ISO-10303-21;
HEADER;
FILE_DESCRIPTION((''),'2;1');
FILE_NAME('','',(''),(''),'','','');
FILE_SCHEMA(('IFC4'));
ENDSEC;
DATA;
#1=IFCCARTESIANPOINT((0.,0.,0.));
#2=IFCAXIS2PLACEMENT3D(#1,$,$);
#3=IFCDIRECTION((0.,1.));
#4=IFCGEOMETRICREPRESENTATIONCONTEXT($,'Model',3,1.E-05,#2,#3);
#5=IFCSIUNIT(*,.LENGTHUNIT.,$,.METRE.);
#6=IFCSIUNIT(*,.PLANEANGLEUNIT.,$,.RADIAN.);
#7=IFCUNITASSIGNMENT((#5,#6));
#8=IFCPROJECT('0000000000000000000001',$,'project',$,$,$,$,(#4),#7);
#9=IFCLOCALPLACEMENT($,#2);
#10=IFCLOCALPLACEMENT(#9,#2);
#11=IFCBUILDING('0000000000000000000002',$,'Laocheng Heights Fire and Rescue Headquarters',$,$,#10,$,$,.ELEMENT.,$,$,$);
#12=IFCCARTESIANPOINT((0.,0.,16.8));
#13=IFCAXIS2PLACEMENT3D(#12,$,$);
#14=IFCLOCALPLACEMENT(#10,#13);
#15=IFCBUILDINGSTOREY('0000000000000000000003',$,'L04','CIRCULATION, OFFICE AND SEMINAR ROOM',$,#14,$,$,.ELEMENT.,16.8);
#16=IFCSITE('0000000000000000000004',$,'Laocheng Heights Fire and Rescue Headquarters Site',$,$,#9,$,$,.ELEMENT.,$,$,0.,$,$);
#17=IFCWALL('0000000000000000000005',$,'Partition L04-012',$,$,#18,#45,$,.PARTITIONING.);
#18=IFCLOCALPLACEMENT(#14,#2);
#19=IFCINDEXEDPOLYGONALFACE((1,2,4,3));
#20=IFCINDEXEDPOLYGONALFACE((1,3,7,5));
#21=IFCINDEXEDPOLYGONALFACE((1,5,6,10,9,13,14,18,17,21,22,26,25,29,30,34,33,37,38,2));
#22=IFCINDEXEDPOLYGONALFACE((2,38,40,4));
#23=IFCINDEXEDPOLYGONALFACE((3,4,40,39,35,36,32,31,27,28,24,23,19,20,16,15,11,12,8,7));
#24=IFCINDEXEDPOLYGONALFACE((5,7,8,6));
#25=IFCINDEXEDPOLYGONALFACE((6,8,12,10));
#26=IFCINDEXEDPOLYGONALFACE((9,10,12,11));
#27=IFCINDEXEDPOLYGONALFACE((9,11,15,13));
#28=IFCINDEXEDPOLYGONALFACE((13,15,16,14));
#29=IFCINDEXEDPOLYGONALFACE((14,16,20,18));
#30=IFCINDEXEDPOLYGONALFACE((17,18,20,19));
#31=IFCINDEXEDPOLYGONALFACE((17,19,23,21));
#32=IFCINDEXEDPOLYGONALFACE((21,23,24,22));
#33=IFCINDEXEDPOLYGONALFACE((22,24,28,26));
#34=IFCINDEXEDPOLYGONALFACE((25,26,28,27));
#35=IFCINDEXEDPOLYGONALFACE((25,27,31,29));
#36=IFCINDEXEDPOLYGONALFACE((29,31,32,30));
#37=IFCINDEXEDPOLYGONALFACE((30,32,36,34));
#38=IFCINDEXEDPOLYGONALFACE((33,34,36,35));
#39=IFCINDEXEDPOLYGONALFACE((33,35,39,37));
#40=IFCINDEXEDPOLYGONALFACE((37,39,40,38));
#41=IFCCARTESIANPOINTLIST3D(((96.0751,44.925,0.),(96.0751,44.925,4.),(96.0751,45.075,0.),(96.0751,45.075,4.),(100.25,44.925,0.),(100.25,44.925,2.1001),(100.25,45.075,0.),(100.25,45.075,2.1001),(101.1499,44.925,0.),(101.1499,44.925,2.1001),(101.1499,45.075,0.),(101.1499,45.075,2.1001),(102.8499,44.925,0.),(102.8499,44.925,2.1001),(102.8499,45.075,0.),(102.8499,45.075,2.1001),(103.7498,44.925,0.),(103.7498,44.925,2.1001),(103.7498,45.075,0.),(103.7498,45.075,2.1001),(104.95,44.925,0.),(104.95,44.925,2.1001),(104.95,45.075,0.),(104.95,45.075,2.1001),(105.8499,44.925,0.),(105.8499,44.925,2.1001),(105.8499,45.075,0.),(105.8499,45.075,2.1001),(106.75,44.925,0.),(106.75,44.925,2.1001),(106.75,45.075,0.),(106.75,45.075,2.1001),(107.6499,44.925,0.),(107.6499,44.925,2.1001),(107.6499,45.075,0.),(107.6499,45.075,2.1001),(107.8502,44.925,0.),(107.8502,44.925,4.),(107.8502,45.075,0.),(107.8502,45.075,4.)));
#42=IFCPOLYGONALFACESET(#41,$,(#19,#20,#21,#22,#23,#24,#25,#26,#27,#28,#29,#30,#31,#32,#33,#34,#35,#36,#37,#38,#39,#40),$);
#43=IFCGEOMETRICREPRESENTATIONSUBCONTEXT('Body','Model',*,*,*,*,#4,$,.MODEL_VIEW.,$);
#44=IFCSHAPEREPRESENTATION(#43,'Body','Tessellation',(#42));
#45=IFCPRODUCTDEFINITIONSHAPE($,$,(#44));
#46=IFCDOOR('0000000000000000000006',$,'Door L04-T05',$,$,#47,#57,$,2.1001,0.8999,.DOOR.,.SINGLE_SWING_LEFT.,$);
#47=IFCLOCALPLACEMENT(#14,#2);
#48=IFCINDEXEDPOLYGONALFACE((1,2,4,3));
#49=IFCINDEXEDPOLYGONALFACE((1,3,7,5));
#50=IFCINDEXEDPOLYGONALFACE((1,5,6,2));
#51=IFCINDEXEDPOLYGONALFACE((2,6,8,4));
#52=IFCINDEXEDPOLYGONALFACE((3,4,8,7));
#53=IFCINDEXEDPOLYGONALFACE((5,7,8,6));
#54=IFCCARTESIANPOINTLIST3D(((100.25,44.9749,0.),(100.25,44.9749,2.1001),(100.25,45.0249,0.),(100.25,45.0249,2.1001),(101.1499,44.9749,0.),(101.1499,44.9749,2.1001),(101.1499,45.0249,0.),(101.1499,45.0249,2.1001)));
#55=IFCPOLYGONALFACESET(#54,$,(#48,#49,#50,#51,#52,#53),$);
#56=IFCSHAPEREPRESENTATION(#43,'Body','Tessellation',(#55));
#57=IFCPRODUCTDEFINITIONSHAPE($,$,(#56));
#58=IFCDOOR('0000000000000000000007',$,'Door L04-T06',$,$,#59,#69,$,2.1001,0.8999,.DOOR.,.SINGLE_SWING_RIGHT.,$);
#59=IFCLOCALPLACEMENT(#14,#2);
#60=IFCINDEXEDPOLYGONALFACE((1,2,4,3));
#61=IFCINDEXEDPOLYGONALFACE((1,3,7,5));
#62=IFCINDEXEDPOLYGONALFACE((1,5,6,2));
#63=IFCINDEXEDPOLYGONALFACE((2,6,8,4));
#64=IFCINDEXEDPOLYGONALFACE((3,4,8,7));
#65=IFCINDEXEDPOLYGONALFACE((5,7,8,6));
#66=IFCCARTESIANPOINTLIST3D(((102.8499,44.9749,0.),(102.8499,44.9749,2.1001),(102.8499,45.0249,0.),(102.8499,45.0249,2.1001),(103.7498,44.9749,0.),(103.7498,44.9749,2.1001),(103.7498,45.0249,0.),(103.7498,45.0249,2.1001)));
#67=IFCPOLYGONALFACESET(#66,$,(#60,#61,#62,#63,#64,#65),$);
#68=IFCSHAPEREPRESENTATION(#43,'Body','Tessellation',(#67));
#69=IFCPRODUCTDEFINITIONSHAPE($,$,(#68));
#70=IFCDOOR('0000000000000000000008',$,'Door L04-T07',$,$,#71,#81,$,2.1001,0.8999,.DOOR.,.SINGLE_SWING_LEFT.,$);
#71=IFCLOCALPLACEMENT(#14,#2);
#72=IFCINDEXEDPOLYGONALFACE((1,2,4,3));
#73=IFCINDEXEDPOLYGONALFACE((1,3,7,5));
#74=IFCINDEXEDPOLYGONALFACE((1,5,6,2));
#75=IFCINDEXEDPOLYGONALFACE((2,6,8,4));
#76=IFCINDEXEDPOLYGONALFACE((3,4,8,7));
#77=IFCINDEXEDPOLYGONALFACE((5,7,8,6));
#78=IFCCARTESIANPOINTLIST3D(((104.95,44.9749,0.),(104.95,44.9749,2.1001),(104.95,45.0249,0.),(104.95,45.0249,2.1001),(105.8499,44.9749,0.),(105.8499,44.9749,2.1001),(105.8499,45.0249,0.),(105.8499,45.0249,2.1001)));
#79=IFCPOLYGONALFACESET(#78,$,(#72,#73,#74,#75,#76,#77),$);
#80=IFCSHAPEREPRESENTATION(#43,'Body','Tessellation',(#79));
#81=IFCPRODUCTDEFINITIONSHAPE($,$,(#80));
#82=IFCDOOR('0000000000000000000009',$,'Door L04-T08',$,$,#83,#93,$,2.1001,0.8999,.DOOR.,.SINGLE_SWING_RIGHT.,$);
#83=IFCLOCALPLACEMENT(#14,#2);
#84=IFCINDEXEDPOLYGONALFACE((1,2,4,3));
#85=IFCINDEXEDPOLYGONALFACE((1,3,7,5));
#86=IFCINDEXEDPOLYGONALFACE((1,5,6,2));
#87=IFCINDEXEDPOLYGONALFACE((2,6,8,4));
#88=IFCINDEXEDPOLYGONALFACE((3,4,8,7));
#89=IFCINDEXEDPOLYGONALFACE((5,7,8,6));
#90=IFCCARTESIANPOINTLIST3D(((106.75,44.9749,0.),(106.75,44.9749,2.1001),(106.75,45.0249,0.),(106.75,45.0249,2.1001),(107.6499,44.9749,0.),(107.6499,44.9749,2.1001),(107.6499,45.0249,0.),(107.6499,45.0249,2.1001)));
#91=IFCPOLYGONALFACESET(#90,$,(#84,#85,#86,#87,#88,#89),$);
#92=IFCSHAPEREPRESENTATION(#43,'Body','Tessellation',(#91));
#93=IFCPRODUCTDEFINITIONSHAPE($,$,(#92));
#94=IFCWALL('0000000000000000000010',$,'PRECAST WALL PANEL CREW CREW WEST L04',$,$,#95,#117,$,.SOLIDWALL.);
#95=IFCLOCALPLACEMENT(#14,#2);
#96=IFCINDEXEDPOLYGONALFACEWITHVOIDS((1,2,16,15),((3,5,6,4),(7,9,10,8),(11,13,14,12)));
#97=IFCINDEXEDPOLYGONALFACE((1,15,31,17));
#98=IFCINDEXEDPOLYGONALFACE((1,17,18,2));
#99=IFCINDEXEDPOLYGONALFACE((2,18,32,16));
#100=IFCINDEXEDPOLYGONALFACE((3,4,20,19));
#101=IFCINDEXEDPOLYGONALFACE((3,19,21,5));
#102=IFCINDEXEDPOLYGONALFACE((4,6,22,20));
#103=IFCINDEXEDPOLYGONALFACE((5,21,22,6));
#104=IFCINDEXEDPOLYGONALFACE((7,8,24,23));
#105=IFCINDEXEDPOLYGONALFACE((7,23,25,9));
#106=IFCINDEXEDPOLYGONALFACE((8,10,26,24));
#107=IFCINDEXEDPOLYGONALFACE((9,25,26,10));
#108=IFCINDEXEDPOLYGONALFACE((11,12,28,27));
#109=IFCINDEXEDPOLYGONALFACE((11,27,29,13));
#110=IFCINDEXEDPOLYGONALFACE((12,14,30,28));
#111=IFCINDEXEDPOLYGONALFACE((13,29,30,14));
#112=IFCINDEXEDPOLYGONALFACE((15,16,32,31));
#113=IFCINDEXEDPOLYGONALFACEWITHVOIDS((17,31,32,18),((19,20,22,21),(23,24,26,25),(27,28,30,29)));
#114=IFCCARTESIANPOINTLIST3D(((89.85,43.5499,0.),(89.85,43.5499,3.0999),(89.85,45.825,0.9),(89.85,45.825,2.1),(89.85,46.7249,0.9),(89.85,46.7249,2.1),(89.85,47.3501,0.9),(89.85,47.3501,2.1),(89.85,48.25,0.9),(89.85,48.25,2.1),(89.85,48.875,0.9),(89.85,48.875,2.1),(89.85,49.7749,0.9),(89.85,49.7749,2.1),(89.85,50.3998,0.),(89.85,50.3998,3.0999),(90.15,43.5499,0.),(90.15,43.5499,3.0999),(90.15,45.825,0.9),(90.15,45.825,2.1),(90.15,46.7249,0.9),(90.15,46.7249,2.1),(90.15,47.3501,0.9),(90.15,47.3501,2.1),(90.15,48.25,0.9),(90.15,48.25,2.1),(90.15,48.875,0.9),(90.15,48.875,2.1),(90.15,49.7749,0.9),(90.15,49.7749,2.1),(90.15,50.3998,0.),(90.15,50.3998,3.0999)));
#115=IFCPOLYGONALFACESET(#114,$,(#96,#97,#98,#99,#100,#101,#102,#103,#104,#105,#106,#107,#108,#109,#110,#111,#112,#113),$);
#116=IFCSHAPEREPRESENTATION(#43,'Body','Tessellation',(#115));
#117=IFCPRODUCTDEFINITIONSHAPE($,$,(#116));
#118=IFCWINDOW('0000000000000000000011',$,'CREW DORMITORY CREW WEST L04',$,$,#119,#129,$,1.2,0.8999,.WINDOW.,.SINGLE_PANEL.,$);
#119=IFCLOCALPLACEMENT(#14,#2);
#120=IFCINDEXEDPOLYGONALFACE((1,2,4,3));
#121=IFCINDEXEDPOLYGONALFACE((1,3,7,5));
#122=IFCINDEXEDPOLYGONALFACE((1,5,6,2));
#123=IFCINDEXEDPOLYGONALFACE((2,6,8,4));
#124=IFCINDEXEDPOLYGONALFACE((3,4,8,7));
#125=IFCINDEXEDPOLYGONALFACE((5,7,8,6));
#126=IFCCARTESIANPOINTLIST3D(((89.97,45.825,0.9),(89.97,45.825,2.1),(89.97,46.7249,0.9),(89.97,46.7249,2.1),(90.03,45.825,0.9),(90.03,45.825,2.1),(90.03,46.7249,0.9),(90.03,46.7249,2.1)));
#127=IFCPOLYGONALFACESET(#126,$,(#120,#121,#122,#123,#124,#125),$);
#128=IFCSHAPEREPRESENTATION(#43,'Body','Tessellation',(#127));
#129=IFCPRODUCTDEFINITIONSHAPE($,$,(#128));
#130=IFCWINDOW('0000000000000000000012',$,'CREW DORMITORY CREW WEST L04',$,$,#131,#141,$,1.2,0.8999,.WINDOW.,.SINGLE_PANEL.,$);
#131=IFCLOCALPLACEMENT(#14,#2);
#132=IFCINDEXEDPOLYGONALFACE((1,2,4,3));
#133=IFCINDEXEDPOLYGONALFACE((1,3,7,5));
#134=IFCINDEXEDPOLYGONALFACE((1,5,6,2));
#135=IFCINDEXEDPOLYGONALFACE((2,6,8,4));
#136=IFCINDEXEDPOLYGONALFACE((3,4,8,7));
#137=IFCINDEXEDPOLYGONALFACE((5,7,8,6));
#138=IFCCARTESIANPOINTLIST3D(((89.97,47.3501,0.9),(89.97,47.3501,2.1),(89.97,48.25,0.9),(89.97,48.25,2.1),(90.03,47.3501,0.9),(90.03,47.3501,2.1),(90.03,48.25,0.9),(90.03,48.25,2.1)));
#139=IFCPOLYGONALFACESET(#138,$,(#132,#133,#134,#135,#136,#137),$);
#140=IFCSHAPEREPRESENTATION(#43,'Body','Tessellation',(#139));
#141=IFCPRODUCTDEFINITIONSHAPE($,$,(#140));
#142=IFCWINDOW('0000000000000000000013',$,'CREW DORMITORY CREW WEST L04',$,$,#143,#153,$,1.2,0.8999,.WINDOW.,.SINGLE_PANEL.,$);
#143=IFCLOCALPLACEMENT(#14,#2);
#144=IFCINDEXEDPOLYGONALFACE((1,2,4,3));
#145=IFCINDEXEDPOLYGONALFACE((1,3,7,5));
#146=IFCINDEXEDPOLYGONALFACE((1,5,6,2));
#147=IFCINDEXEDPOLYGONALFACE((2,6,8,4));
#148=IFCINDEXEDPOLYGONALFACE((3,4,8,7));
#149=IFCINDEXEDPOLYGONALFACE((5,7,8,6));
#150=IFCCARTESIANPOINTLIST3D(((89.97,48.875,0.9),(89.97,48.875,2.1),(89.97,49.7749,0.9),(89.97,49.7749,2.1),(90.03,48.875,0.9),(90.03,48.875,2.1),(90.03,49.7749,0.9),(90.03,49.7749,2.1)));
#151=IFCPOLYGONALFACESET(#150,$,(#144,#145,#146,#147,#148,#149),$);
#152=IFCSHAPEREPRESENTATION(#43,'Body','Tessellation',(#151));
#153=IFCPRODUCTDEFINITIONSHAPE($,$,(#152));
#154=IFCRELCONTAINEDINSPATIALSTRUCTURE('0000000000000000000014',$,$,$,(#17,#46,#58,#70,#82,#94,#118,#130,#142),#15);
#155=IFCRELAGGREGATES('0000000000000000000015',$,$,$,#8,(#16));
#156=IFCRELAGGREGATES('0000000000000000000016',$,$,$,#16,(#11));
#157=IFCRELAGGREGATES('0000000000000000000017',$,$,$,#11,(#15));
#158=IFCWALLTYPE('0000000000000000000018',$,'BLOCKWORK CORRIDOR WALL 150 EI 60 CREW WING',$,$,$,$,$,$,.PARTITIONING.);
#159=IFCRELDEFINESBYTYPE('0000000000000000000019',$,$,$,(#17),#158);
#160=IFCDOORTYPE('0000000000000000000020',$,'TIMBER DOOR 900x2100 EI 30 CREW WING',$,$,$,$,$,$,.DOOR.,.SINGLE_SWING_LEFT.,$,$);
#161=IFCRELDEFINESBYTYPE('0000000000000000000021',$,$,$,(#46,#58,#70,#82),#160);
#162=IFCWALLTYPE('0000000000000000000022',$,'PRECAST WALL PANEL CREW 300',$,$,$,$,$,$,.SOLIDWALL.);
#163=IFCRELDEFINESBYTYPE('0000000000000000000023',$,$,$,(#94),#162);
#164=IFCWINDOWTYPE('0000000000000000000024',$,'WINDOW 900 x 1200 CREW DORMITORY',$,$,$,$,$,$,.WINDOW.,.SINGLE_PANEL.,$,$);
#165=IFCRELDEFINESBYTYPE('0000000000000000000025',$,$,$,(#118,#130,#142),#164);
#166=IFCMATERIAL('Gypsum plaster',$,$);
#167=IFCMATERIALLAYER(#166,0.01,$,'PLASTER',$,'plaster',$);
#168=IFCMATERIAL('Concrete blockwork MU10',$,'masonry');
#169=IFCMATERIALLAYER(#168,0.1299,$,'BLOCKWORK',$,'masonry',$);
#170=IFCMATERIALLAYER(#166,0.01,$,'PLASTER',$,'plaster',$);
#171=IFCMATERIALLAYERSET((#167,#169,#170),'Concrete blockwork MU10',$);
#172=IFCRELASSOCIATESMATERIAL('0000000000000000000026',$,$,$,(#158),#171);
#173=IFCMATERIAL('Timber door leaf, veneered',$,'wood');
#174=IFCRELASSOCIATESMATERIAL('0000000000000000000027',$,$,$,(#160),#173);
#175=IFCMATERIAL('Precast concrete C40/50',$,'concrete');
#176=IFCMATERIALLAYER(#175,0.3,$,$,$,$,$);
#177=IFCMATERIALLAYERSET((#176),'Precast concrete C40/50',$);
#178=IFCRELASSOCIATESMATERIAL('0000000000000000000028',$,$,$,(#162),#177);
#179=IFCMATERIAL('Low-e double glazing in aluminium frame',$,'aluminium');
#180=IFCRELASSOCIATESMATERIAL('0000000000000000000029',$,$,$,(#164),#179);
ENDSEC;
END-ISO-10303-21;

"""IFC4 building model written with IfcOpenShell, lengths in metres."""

from ifc_helpers import new_model, si_unit, direction, frame, frame_2d, origin, place, context, subcontext, project, spatial, rectangle, extrude, material, layer, layer_set, type_object, element, fill, save


model = new_model("IFC4")

# Units and contexts
model_context = context("Model", 3, precision=1e-05, world=origin(), true_north=direction((0.0, 1.0)))
body_context = subcontext(model_context, "Body", "Model", "MODEL_VIEW")
ifc_project = project(units=[si_unit("LENGTHUNIT", "METRE"), si_unit("PLANEANGLEUNIT", "RADIAN")], contexts=[model_context])

# Site, building, storey
site_placement = place(None, origin())
site = spatial("IfcSite", under=ifc_project, at=site_placement, Name="Laocheng Heights Fire and Rescue Headquarters Site", CompositionType="ELEMENT", RefElevation=0.0)
building_placement = place(site_placement, origin())
building = spatial("IfcBuilding", under=site, at=building_placement, Name="Laocheng Heights Fire and Rescue Headquarters", CompositionType="ELEMENT")
storey_placement = place(building_placement, frame((0.0, 0.0, 16.8)))
storey = spatial("IfcBuildingStorey", under=building, at=storey_placement, Name="L04", Description="CIRCULATION, OFFICE AND SEMINAR ROOM", CompositionType="ELEMENT", Elevation=16.8)

# Shared definitions
ifc_material_1 = material(Name="Gypsum plaster")
ifc_layer_1 = layer(ifc_material_1, 0.01, Name="PLASTER", Category="plaster")
ifc_material_2 = material(Name="Concrete blockwork MU10", Category="masonry")
ifc_layer_2 = layer(ifc_material_2, 0.1299, Name="BLOCKWORK", Category="masonry")
ifc_layer_3 = layer(ifc_material_1, 0.01, Name="PLASTER", Category="plaster")
ifc_layer_set_1 = layer_set([ifc_layer_1, ifc_layer_2, ifc_layer_3], Name="Concrete blockwork MU10")
wall_type_1 = type_object("IfcWallType", Name="BLOCKWORK CORRIDOR WALL 150 EI 60 CREW WING", PredefinedType="PARTITIONING", material=ifc_layer_set_1)
ifc_material_3 = material(Name="Timber door leaf, veneered", Category="wood")
door_type_1 = type_object("IfcDoorType", Name="TIMBER DOOR 900x2100 EI 30 CREW WING", OperationType="SINGLE_SWING_LEFT", PredefinedType="DOOR", material=ifc_material_3)

# Wall, openings, doors
wall_1_placement = place(storey_placement, frame((96.075, 45.0, 0.0), z_axis=(0.0, 0.0, 1.0), x_axis=(1.0, 0.0, 0.0)))
wall_1 = element("IfcWall", 1, at=wall_1_placement, inside=storey, type_object=wall_type_1, Name="Partition L04-012", PredefinedType="PARTITIONING", context=body_context, shape_type="SweptSolid", body=[
    extrude(rectangle(XDim=11.7751, YDim=0.1499, at=frame_2d((5.8877, 0.0))), origin(), (0.0, 0.0, 1.0), 4.0),
])
opening_1_placement = place(wall_1_placement, frame((4.175, 0.0, 0.0)))
opening_1 = element("IfcOpeningElement", 2, at=opening_1_placement, cuts=wall_1, PredefinedType="OPENING", context=body_context, shape_type="SweptSolid", body=[
    extrude(rectangle(XDim=0.8999, YDim=2.1001, at=frame_2d((0.45, 1.05))), frame((0.0, 0.085, 0.0), z_axis=(0.0, -1.0, 0.0), x_axis=(1.0, 0.0, 0.0)), (0.0, 0.0, 1.0), 0.1699),
])
opening_2_placement = place(wall_1_placement, frame((6.7749, 0.0, 0.0)))
opening_2 = element("IfcOpeningElement", 3, at=opening_2_placement, cuts=wall_1, PredefinedType="OPENING", context=body_context, shape_type="SweptSolid", body=[
    extrude(rectangle(XDim=0.8999, YDim=2.1001, at=frame_2d((0.45, 1.05))), frame((0.0, 0.085, 0.0), z_axis=(0.0, -1.0, 0.0), x_axis=(1.0, 0.0, 0.0)), (0.0, 0.0, 1.0), 0.1699),
])
opening_3_placement = place(wall_1_placement, frame((8.875, 0.0, 0.0)))
opening_3 = element("IfcOpeningElement", 4, at=opening_3_placement, cuts=wall_1, PredefinedType="OPENING", context=body_context, shape_type="SweptSolid", body=[
    extrude(rectangle(XDim=0.8999, YDim=2.1001, at=frame_2d((0.45, 1.05))), frame((0.0, 0.085, 0.0), z_axis=(0.0, -1.0, 0.0), x_axis=(1.0, 0.0, 0.0)), (0.0, 0.0, 1.0), 0.1699),
])
opening_4_placement = place(wall_1_placement, frame((10.675, 0.0, 0.0)))
opening_4 = element("IfcOpeningElement", 5, at=opening_4_placement, cuts=wall_1, PredefinedType="OPENING", context=body_context, shape_type="SweptSolid", body=[
    extrude(rectangle(XDim=0.8999, YDim=2.1001, at=frame_2d((0.45, 1.05))), frame((0.0, 0.085, 0.0), z_axis=(0.0, -1.0, 0.0), x_axis=(1.0, 0.0, 0.0)), (0.0, 0.0, 1.0), 0.1699),
])
door_1_placement = place(opening_1_placement, origin())
door_1 = element("IfcDoor", 6, at=door_1_placement, inside=storey, type_object=door_type_1, Name="Door L04-T05", OperationType="SINGLE_SWING_LEFT", OverallHeight=2.1001, OverallWidth=0.8999, PredefinedType="DOOR", context=body_context, shape_type="SweptSolid", body=[
    extrude(rectangle(XDim=0.8999, YDim=2.1001, at=frame_2d((0.45, 1.05))), frame((0.0, 0.0249, 0.0), z_axis=(0.0, -1.0, 0.0), x_axis=(1.0, 0.0, 0.0)), (0.0, 0.0, 1.0), 0.05),
])
fill(opening_1, door_1)
door_2_placement = place(opening_2_placement, origin())
door_2 = element("IfcDoor", 7, at=door_2_placement, inside=storey, type_object=door_type_1, Name="Door L04-T06", OperationType="SINGLE_SWING_RIGHT", OverallHeight=2.1001, OverallWidth=0.8999, PredefinedType="DOOR", context=body_context, shape_type="SweptSolid", body=[
    extrude(rectangle(XDim=0.8999, YDim=2.1001, at=frame_2d((0.45, 1.05))), frame((0.0, 0.0249, 0.0), z_axis=(0.0, -1.0, 0.0), x_axis=(1.0, 0.0, 0.0)), (0.0, 0.0, 1.0), 0.05),
])
fill(opening_2, door_2)
door_3_placement = place(opening_3_placement, origin())
door_3 = element("IfcDoor", 8, at=door_3_placement, inside=storey, type_object=door_type_1, Name="Door L04-T07", OperationType="SINGLE_SWING_LEFT", OverallHeight=2.1001, OverallWidth=0.8999, PredefinedType="DOOR", context=body_context, shape_type="SweptSolid", body=[
    extrude(rectangle(XDim=0.8999, YDim=2.1001, at=frame_2d((0.45, 1.05))), frame((0.0, 0.0249, 0.0), z_axis=(0.0, -1.0, 0.0), x_axis=(1.0, 0.0, 0.0)), (0.0, 0.0, 1.0), 0.05),
])
fill(opening_3, door_3)
door_4_placement = place(opening_4_placement, origin())
door_4 = element("IfcDoor", 9, at=door_4_placement, inside=storey, type_object=door_type_1, Name="Door L04-T08", OperationType="SINGLE_SWING_RIGHT", OverallHeight=2.1001, OverallWidth=0.8999, PredefinedType="DOOR", context=body_context, shape_type="SweptSolid", body=[
    extrude(rectangle(XDim=0.8999, YDim=2.1001, at=frame_2d((0.45, 1.05))), frame((0.0, 0.0249, 0.0), z_axis=(0.0, -1.0, 0.0), x_axis=(1.0, 0.0, 0.0)), (0.0, 0.0, 1.0), 0.05),
])
fill(opening_4, door_4)

# Wall, openings, windows
ifc_material_4 = material(Name="Precast concrete C40/50", Category="concrete")
ifc_layer_4 = layer(ifc_material_4, 0.3)
ifc_layer_set_2 = layer_set([ifc_layer_4], Name="Precast concrete C40/50")
wall_type_2 = type_object("IfcWallType", Name="PRECAST WALL PANEL CREW 300", PredefinedType="SOLIDWALL", material=ifc_layer_set_2)
wall_2_placement = place(storey_placement, frame((90.0, 43.55, 0.0), z_axis=(0.0, 0.0, 1.0), x_axis=(0.0, 1.0, 0.0)))
wall_2 = element("IfcWall", 10, at=wall_2_placement, inside=storey, type_object=wall_type_2, Name="PRECAST WALL PANEL CREW CREW WEST L04", PredefinedType="SOLIDWALL", context=body_context, shape_type="SweptSolid", body=[
    extrude(rectangle(XDim=6.8499, YDim=0.3, at=frame_2d((3.4248, 0.0))), origin(), (0.0, 0.0, 1.0), 3.0999),
])
opening_5_placement = place(wall_2_placement, frame((2.2749, 0.0, 0.8999)))
opening_5 = element("IfcOpeningElement", 11, at=opening_5_placement, cuts=wall_2, PredefinedType="OPENING", context=body_context, shape_type="SweptSolid", body=[
    extrude(rectangle(XDim=0.8999, YDim=1.2, at=frame_2d((0.45, 0.6001))), frame((0.0, 0.1599, 0.0), z_axis=(0.0, -1.0, 0.0), x_axis=(1.0, 0.0, 0.0)), (0.0, 0.0, 1.0), 0.3201),
])
opening_6_placement = place(wall_2_placement, frame((3.8, 0.0, 0.8999)))
opening_6 = element("IfcOpeningElement", 12, at=opening_6_placement, cuts=wall_2, PredefinedType="OPENING", context=body_context, shape_type="SweptSolid", body=[
    extrude(rectangle(XDim=0.8999, YDim=1.2, at=frame_2d((0.45, 0.6001))), frame((0.0, 0.1599, 0.0), z_axis=(0.0, -1.0, 0.0), x_axis=(1.0, 0.0, 0.0)), (0.0, 0.0, 1.0), 0.3201),
])
opening_7_placement = place(wall_2_placement, frame((5.325, 0.0, 0.8999)))
opening_7 = element("IfcOpeningElement", 13, at=opening_7_placement, cuts=wall_2, PredefinedType="OPENING", context=body_context, shape_type="SweptSolid", body=[
    extrude(rectangle(XDim=0.8999, YDim=1.2, at=frame_2d((0.45, 0.6001))), frame((0.0, 0.1599, 0.0), z_axis=(0.0, -1.0, 0.0), x_axis=(1.0, 0.0, 0.0)), (0.0, 0.0, 1.0), 0.3201),
])
ifc_material_5 = material(Name="Low-e double glazing in aluminium frame", Category="aluminium")
window_type = type_object("IfcWindowType", Name="WINDOW 900 x 1200 CREW DORMITORY", PartitioningType="SINGLE_PANEL", PredefinedType="WINDOW", material=ifc_material_5)
window_1_placement = place(opening_5_placement, origin())
window_1 = element("IfcWindow", 14, at=window_1_placement, inside=storey, type_object=window_type, Name="CREW DORMITORY CREW WEST L04", OverallHeight=1.2, OverallWidth=0.8999, PartitioningType="SINGLE_PANEL", PredefinedType="WINDOW", context=body_context, shape_type="SweptSolid", body=[
    extrude(rectangle(XDim=0.8999, YDim=1.2, at=frame_2d((0.45, 0.6001))), frame((0.0, 0.03, 0.0), z_axis=(0.0, -1.0, 0.0), x_axis=(1.0, 0.0, 0.0)), (0.0, 0.0, 1.0), 0.0601),
])
fill(opening_5, window_1)
window_2_placement = place(opening_6_placement, origin())
window_2 = element("IfcWindow", 15, at=window_2_placement, inside=storey, type_object=window_type, Name="CREW DORMITORY CREW WEST L04", OverallHeight=1.2, OverallWidth=0.8999, PartitioningType="SINGLE_PANEL", PredefinedType="WINDOW", context=body_context, shape_type="SweptSolid", body=[
    extrude(rectangle(XDim=0.8999, YDim=1.2, at=frame_2d((0.45, 0.6001))), frame((0.0, 0.03, 0.0), z_axis=(0.0, -1.0, 0.0), x_axis=(1.0, 0.0, 0.0)), (0.0, 0.0, 1.0), 0.0601),
])
fill(opening_6, window_2)
window_3_placement = place(opening_7_placement, origin())
window_3 = element("IfcWindow", 16, at=window_3_placement, inside=storey, type_object=window_type, Name="CREW DORMITORY CREW WEST L04", OverallHeight=1.2, OverallWidth=0.8999, PartitioningType="SINGLE_PANEL", PredefinedType="WINDOW", context=body_context, shape_type="SweptSolid", body=[
    extrude(rectangle(XDim=0.8999, YDim=1.2, at=frame_2d((0.45, 0.6001))), frame((0.0, 0.03, 0.0), z_axis=(0.0, -1.0, 0.0), x_axis=(1.0, 0.0, 0.0)), (0.0, 0.0, 1.0), 0.0601),
])
fill(opening_7, window_3)

save(model, "model.ifc")
